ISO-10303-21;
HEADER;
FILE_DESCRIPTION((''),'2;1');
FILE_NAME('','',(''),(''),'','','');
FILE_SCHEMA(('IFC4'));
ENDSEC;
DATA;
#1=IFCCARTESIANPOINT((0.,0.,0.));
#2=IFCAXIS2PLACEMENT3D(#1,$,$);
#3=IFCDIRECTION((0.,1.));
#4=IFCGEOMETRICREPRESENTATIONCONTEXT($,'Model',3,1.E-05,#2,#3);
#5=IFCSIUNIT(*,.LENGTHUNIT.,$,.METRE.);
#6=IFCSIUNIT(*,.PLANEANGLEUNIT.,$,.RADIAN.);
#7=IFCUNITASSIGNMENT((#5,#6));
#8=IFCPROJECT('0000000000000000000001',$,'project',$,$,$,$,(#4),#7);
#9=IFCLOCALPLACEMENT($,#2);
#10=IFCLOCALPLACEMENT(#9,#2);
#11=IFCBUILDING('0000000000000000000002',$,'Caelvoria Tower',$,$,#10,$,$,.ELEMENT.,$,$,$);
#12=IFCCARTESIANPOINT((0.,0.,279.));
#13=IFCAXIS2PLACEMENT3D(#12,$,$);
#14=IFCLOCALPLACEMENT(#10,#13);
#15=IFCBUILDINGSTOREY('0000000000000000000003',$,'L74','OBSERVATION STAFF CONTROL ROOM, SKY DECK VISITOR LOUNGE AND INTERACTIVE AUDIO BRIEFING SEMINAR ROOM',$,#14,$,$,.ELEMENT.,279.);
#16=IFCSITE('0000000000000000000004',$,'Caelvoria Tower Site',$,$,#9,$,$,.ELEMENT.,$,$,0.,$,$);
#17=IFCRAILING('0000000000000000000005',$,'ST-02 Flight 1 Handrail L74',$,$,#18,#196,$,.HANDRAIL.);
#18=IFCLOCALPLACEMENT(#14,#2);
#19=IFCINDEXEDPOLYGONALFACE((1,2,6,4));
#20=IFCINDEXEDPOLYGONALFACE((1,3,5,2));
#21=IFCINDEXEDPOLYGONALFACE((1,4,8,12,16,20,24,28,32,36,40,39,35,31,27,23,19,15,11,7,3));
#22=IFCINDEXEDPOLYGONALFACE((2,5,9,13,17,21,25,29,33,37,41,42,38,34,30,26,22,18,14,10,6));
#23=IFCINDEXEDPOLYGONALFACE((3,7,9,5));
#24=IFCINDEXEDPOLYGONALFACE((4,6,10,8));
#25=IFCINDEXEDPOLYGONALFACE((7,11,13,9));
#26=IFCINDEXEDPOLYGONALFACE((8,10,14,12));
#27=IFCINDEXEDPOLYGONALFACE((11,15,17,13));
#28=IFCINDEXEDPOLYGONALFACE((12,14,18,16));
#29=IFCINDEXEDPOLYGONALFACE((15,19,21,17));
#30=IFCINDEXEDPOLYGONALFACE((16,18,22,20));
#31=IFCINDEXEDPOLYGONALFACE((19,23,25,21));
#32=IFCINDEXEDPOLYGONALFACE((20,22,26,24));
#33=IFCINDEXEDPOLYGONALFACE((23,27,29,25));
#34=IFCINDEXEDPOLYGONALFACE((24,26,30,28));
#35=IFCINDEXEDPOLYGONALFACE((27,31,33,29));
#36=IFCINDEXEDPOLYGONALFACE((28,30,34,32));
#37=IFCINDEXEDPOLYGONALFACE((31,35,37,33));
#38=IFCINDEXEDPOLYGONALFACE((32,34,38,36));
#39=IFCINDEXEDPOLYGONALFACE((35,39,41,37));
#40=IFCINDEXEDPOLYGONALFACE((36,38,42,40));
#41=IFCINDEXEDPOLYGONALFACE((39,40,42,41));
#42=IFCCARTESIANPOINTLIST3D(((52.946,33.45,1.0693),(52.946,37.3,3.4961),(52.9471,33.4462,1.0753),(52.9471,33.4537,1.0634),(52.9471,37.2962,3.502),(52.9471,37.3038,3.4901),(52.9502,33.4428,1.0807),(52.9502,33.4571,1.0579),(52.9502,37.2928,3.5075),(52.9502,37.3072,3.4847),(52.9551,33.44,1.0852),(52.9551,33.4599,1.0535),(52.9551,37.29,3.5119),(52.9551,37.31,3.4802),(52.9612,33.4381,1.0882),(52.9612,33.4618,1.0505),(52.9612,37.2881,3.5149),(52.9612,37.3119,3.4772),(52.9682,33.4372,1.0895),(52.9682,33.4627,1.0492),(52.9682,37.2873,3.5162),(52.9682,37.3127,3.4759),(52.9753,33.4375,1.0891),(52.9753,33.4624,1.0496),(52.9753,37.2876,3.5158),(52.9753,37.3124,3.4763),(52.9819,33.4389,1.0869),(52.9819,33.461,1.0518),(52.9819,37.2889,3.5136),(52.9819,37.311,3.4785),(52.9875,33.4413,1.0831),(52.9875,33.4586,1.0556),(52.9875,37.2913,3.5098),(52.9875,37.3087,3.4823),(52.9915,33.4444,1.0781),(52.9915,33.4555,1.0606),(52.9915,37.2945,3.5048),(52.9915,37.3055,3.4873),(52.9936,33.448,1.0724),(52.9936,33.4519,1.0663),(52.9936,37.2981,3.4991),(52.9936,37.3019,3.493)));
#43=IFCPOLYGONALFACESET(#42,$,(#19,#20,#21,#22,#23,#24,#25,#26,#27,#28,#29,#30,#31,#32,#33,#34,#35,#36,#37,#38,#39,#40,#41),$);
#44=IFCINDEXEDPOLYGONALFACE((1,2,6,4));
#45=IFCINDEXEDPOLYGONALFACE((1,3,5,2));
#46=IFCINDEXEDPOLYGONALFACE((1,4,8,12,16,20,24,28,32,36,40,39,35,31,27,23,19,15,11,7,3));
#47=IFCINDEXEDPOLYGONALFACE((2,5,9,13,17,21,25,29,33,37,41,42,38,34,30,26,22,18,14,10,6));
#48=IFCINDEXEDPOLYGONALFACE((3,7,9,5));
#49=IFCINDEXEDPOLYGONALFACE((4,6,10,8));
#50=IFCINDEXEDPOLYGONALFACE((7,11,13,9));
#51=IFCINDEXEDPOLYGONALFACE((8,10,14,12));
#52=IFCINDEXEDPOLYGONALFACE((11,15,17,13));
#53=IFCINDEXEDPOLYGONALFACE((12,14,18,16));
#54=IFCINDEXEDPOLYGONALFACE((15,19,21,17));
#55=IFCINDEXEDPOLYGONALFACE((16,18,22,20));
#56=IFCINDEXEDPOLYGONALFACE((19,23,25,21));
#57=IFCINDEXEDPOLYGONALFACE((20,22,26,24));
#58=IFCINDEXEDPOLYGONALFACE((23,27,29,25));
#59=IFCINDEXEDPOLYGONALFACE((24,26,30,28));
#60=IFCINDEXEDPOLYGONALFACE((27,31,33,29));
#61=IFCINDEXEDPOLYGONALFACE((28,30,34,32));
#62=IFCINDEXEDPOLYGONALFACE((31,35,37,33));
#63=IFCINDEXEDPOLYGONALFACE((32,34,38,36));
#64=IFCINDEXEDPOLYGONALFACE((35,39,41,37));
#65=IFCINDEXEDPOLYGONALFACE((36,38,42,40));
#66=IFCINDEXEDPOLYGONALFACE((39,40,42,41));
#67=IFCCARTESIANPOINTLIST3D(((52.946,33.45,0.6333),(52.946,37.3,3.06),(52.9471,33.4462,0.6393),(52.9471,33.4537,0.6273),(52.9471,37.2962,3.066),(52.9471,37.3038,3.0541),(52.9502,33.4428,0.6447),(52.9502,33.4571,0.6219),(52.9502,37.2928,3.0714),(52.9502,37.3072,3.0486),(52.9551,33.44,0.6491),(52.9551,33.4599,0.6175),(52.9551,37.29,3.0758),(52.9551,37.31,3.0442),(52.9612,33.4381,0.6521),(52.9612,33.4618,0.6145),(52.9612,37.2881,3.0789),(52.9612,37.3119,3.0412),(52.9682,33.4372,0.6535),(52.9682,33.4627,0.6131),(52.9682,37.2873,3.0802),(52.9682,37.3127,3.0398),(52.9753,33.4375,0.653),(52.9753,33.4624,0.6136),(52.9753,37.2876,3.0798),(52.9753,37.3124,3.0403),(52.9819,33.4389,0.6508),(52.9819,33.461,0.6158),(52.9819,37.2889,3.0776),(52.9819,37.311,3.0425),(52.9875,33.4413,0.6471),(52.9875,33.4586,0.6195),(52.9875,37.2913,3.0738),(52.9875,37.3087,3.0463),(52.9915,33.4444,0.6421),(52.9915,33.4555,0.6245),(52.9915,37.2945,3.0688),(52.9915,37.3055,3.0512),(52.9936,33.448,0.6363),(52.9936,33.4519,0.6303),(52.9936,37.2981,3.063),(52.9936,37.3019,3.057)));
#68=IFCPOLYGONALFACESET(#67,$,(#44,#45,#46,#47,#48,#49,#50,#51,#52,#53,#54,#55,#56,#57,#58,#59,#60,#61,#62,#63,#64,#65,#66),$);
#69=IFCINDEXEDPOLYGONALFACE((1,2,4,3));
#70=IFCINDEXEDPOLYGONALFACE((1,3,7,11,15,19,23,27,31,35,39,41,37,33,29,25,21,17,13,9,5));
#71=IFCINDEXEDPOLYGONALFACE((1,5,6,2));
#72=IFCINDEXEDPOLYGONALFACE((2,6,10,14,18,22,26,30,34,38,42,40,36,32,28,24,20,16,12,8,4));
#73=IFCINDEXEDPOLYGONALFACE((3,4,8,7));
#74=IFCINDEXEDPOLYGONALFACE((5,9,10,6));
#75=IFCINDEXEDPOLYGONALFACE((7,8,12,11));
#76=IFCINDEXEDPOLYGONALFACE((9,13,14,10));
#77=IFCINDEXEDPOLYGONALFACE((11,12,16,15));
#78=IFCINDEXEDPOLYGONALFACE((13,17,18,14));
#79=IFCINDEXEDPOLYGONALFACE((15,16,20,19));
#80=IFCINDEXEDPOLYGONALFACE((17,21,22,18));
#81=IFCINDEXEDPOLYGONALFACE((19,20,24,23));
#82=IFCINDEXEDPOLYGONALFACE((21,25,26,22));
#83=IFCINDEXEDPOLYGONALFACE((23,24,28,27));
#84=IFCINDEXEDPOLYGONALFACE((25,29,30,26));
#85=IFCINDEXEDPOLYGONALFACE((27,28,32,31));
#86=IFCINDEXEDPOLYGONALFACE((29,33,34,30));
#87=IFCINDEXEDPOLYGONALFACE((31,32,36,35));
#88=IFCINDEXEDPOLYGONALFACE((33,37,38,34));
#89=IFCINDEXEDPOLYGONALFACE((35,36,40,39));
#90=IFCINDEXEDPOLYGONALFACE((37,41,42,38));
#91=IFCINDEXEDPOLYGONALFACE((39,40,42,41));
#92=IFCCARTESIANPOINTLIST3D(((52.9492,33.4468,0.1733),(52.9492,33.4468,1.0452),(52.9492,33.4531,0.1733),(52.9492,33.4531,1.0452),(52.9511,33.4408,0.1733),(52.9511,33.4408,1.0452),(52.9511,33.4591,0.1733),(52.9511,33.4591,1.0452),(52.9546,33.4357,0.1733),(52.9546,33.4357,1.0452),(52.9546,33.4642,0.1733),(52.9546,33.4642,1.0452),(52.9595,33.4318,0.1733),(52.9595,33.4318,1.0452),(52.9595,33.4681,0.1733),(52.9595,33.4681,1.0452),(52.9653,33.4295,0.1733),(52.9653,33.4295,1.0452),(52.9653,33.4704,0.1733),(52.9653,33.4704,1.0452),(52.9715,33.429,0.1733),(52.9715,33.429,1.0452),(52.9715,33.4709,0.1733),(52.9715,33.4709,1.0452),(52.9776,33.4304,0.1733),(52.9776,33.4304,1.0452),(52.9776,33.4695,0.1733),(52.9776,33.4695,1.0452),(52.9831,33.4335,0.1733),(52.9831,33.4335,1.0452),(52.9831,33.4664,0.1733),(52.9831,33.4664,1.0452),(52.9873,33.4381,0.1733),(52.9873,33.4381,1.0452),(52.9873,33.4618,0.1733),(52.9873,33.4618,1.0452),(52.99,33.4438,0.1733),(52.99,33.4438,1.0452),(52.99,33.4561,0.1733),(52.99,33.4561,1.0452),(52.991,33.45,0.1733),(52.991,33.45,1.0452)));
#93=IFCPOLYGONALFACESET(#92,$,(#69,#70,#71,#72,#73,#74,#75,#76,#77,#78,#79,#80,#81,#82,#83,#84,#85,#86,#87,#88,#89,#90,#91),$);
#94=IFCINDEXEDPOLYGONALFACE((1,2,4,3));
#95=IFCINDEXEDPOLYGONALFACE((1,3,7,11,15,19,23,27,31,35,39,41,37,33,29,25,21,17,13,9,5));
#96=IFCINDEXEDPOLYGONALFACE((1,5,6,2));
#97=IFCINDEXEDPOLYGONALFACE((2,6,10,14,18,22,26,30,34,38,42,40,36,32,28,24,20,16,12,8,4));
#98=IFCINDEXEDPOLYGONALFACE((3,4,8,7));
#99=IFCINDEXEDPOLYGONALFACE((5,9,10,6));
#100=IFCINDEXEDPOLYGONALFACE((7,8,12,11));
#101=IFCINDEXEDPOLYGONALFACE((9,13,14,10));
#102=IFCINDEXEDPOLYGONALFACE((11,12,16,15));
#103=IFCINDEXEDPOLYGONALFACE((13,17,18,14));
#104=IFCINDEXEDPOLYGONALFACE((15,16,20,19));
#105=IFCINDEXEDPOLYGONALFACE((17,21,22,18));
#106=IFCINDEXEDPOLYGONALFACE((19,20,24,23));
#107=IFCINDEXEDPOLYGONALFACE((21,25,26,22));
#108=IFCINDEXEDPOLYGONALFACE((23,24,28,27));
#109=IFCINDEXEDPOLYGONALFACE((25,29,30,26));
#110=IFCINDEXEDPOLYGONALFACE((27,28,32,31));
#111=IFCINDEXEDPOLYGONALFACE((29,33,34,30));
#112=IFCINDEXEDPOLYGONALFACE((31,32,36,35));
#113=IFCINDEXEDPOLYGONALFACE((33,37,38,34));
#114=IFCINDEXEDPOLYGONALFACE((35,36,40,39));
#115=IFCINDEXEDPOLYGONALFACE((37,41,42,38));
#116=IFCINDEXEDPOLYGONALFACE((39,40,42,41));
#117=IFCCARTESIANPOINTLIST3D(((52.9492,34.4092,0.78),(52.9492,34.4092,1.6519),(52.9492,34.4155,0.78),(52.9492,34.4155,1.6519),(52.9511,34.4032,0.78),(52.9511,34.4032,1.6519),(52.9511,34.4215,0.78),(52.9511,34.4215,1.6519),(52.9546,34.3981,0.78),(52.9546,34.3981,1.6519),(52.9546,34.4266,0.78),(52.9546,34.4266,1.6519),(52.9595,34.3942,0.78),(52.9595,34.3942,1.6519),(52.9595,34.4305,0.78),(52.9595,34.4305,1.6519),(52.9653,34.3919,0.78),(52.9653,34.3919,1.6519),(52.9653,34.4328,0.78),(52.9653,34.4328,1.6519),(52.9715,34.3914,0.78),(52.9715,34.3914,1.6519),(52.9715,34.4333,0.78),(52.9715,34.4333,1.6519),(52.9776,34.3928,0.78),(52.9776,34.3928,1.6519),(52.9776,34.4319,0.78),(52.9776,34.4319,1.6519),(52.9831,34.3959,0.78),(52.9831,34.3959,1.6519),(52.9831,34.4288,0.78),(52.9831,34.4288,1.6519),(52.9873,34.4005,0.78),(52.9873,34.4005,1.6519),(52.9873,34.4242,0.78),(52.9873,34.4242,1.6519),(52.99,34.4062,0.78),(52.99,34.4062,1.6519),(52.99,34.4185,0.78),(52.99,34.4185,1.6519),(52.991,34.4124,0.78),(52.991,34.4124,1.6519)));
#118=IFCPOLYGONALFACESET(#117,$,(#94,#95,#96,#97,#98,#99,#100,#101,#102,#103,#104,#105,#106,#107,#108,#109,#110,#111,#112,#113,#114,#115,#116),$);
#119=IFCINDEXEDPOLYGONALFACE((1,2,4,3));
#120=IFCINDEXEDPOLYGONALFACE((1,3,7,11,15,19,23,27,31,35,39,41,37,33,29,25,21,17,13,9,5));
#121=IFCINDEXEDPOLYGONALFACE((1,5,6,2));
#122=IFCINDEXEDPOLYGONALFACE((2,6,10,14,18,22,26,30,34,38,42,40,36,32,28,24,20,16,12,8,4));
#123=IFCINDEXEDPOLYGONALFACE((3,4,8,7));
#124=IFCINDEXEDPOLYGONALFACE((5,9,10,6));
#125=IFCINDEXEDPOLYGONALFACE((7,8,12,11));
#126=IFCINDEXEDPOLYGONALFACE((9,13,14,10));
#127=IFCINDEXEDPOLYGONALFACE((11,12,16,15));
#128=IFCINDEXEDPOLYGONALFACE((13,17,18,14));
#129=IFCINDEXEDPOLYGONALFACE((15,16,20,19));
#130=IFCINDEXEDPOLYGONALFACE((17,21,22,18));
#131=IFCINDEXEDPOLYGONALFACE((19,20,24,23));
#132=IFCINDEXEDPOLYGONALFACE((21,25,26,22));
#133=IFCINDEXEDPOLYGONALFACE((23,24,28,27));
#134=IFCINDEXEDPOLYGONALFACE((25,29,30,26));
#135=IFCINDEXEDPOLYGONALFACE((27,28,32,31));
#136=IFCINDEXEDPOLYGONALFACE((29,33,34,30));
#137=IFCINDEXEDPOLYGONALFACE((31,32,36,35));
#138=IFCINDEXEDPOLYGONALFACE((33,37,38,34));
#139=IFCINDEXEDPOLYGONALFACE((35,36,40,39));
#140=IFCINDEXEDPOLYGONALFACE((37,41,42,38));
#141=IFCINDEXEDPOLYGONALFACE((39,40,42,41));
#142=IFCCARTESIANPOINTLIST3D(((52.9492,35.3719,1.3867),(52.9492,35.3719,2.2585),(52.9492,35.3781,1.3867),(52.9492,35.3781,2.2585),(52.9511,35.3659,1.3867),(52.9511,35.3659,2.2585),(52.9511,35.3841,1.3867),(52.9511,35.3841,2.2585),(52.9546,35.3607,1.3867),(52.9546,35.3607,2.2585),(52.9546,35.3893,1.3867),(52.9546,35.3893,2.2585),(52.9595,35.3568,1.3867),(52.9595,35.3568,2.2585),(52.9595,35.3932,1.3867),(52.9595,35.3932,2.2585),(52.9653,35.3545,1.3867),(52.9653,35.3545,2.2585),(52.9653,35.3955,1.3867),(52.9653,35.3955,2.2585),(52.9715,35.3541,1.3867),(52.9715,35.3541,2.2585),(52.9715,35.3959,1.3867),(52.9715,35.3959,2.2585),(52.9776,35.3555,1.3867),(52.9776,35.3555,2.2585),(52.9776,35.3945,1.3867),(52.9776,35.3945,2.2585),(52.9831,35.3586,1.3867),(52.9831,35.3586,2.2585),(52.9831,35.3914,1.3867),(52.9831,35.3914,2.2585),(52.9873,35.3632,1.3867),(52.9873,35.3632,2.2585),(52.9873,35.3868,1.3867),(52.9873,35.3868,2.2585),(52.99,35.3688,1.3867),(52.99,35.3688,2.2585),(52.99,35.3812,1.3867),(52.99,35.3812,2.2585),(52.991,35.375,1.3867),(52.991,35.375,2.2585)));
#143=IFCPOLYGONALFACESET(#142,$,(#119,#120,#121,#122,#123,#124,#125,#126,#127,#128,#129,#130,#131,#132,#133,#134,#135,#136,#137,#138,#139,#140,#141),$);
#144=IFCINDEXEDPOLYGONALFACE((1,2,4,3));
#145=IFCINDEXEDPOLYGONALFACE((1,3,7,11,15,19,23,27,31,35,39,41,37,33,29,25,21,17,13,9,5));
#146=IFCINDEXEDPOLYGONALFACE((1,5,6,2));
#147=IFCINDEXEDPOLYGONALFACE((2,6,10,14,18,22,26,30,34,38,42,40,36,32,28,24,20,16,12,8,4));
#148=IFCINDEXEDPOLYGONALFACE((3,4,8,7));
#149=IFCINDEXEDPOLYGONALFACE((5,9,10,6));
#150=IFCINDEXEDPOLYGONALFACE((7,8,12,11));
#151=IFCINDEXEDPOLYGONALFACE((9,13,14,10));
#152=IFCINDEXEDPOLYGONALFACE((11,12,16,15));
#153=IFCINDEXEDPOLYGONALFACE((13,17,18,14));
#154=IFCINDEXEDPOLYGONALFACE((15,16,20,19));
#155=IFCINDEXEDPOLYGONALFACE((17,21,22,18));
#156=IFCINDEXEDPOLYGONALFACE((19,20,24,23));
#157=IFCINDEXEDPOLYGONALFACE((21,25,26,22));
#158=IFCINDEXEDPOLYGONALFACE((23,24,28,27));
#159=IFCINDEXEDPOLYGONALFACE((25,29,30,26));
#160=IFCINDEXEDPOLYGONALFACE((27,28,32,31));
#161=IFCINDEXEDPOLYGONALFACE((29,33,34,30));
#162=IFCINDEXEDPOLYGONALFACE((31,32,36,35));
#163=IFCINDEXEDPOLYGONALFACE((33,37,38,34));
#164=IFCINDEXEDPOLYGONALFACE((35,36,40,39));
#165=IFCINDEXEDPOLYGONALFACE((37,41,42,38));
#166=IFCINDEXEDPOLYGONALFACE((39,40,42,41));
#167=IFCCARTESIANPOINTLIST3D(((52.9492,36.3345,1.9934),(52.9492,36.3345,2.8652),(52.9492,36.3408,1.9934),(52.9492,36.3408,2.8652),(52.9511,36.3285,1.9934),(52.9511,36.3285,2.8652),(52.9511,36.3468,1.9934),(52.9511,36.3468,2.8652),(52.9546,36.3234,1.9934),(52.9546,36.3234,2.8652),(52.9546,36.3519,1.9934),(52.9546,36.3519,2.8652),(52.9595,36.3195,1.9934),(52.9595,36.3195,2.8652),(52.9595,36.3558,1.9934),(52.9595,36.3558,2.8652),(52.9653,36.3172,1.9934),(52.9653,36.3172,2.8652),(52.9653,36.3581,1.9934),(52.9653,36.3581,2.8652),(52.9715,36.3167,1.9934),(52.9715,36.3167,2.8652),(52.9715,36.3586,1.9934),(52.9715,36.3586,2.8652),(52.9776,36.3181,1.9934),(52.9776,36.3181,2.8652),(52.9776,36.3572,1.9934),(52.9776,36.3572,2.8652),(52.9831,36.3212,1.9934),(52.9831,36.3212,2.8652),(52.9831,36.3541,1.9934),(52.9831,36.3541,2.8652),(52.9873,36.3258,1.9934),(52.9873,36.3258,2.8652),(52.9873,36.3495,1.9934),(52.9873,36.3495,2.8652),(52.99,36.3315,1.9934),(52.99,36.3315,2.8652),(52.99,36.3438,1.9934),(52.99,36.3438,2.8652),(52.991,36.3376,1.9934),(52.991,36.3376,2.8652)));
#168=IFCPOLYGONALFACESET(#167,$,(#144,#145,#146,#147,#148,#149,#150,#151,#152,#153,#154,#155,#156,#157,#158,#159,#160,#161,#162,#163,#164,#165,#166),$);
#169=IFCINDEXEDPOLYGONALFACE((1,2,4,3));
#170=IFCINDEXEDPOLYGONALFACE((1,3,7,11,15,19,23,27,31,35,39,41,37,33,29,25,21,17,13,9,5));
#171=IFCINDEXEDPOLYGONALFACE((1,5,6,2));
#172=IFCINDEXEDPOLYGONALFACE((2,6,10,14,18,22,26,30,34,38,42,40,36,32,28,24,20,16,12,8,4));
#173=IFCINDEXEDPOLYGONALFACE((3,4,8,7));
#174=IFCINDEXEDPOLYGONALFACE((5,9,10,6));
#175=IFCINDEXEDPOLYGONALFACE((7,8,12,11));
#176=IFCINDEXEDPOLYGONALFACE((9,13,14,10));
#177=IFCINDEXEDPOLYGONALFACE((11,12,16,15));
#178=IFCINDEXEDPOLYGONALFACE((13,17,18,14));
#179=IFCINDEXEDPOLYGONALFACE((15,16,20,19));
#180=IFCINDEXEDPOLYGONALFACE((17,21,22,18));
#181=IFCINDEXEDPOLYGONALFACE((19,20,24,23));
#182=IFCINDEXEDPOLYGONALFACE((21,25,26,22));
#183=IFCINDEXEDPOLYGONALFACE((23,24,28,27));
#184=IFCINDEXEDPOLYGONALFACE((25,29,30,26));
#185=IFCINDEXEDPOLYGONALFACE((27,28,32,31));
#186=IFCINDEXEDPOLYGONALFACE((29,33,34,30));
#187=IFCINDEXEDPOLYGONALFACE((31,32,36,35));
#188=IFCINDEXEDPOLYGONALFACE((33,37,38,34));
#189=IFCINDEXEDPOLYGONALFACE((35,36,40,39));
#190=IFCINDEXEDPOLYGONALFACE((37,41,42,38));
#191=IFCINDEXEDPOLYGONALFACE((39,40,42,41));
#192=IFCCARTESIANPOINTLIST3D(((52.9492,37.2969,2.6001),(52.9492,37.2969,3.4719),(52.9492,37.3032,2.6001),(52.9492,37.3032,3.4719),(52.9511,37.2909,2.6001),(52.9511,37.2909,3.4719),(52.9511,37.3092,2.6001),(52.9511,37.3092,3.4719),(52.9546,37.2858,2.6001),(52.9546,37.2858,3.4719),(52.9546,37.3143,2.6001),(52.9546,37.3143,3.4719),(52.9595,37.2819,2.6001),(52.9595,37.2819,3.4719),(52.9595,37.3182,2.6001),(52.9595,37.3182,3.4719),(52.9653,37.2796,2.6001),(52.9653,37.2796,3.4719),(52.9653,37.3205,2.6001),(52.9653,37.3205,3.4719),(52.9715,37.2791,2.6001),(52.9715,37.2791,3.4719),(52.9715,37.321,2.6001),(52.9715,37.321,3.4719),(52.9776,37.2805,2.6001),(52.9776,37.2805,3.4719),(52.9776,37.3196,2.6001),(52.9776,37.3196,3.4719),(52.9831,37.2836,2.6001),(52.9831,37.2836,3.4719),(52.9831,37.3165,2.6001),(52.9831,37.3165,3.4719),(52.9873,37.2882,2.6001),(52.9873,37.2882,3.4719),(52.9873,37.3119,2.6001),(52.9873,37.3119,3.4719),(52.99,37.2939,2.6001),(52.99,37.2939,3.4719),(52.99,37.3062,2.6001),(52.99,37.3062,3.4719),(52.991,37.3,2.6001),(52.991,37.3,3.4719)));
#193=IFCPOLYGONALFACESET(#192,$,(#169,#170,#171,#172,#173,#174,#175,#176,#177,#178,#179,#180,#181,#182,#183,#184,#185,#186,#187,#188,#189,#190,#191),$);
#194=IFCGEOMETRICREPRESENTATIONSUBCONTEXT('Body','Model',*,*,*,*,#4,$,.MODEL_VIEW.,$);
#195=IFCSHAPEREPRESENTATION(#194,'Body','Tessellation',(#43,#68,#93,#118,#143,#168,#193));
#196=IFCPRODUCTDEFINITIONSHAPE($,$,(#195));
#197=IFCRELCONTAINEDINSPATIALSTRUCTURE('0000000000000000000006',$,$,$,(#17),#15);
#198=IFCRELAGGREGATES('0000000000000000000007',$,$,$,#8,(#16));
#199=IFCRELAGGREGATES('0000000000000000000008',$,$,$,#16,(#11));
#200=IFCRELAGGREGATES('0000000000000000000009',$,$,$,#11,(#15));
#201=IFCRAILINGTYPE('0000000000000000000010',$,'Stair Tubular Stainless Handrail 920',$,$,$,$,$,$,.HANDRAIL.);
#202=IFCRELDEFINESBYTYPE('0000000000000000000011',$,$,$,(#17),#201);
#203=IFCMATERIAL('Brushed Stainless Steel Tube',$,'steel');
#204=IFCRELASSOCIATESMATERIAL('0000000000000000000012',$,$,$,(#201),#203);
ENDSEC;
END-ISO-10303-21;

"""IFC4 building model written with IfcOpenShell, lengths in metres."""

from ifc_helpers import new_model, si_unit, direction, frame, origin, origin_2d, place, context, subcontext, project, spatial, circle, extrude, material, type_object, element, save


model = new_model("IFC4")

# Units and contexts
model_context = context("Model", 3, precision=1e-05, world=origin(), true_north=direction((0.0, 1.0)))
body_context = subcontext(model_context, "Body", "Model", "MODEL_VIEW")
ifc_project = project(units=[si_unit("LENGTHUNIT", "METRE"), si_unit("PLANEANGLEUNIT", "RADIAN")], contexts=[model_context])

# Site, building, storey
site_placement = place(None, origin())
site = spatial("IfcSite", under=ifc_project, at=site_placement, Name="Caelvoria Tower Site", CompositionType="ELEMENT", RefElevation=0.0)
building_placement = place(site_placement, origin())
building = spatial("IfcBuilding", under=site, at=building_placement, Name="Caelvoria Tower", CompositionType="ELEMENT")
storey_placement = place(building_placement, frame((0.0, 0.0, 279.0)))
storey = spatial("IfcBuildingStorey", under=building, at=storey_placement, Name="L74", Description="OBSERVATION STAFF CONTROL ROOM, SKY DECK VISITOR LOUNGE AND INTERACTIVE AUDIO BRIEFING SEMINAR ROOM", CompositionType="ELEMENT", Elevation=279.0)

# Railing
ifc_material_1 = material(Name="Brushed Stainless Steel Tube", Category="steel")
railing_type_1 = type_object("IfcRailingType", Name="Stair Tubular Stainless Handrail 920", PredefinedType="HANDRAIL", material=ifc_material_1)
railing_1_placement = place(storey_placement, frame((52.97, 33.45, 0.1733)))
element("IfcRailing", 1, at=railing_1_placement, inside=storey, type_object=railing_type_1, Name="ST-02 Flight 1 Handrail L74", PredefinedType="HANDRAIL", context=body_context, shape_type="SweptSolid", body=[
    extrude(circle(Radius=0.0239, at=origin_2d()), frame((0.0, 0.0, 0.896), z_axis=(0.0, 0.845973, 0.533226), x_axis=(-1.0, 0.0, 0.0)), (0.0, 0.0, 1.0), 4.551),
    extrude(circle(Radius=0.0239, at=origin_2d()), frame((0.0, 0.0, 0.46), z_axis=(0.0, 0.845973, 0.533226), x_axis=(-1.0, 0.0, 0.0)), (0.0, 0.0, 1.0), 4.551),
    extrude(circle(Radius=0.021, at=origin_2d()), origin(), (0.0, 0.0, 1.0), 0.8718),
    extrude(circle(Radius=0.021, at=origin_2d()), frame((0.0, 0.9624, 0.6067)), (0.0, 0.0, 1.0), 0.8718),
    extrude(circle(Radius=0.021, at=origin_2d()), frame((0.0, 1.925, 1.2134)), (0.0, 0.0, 1.0), 0.8718),
    extrude(circle(Radius=0.021, at=origin_2d()), frame((0.0, 2.8877, 1.8201)), (0.0, 0.0, 1.0), 0.8718),
    extrude(circle(Radius=0.021, at=origin_2d()), frame((0.0, 3.8501, 2.4268)), (0.0, 0.0, 1.0), 0.8718),
])

save(model, "model.ifc")
